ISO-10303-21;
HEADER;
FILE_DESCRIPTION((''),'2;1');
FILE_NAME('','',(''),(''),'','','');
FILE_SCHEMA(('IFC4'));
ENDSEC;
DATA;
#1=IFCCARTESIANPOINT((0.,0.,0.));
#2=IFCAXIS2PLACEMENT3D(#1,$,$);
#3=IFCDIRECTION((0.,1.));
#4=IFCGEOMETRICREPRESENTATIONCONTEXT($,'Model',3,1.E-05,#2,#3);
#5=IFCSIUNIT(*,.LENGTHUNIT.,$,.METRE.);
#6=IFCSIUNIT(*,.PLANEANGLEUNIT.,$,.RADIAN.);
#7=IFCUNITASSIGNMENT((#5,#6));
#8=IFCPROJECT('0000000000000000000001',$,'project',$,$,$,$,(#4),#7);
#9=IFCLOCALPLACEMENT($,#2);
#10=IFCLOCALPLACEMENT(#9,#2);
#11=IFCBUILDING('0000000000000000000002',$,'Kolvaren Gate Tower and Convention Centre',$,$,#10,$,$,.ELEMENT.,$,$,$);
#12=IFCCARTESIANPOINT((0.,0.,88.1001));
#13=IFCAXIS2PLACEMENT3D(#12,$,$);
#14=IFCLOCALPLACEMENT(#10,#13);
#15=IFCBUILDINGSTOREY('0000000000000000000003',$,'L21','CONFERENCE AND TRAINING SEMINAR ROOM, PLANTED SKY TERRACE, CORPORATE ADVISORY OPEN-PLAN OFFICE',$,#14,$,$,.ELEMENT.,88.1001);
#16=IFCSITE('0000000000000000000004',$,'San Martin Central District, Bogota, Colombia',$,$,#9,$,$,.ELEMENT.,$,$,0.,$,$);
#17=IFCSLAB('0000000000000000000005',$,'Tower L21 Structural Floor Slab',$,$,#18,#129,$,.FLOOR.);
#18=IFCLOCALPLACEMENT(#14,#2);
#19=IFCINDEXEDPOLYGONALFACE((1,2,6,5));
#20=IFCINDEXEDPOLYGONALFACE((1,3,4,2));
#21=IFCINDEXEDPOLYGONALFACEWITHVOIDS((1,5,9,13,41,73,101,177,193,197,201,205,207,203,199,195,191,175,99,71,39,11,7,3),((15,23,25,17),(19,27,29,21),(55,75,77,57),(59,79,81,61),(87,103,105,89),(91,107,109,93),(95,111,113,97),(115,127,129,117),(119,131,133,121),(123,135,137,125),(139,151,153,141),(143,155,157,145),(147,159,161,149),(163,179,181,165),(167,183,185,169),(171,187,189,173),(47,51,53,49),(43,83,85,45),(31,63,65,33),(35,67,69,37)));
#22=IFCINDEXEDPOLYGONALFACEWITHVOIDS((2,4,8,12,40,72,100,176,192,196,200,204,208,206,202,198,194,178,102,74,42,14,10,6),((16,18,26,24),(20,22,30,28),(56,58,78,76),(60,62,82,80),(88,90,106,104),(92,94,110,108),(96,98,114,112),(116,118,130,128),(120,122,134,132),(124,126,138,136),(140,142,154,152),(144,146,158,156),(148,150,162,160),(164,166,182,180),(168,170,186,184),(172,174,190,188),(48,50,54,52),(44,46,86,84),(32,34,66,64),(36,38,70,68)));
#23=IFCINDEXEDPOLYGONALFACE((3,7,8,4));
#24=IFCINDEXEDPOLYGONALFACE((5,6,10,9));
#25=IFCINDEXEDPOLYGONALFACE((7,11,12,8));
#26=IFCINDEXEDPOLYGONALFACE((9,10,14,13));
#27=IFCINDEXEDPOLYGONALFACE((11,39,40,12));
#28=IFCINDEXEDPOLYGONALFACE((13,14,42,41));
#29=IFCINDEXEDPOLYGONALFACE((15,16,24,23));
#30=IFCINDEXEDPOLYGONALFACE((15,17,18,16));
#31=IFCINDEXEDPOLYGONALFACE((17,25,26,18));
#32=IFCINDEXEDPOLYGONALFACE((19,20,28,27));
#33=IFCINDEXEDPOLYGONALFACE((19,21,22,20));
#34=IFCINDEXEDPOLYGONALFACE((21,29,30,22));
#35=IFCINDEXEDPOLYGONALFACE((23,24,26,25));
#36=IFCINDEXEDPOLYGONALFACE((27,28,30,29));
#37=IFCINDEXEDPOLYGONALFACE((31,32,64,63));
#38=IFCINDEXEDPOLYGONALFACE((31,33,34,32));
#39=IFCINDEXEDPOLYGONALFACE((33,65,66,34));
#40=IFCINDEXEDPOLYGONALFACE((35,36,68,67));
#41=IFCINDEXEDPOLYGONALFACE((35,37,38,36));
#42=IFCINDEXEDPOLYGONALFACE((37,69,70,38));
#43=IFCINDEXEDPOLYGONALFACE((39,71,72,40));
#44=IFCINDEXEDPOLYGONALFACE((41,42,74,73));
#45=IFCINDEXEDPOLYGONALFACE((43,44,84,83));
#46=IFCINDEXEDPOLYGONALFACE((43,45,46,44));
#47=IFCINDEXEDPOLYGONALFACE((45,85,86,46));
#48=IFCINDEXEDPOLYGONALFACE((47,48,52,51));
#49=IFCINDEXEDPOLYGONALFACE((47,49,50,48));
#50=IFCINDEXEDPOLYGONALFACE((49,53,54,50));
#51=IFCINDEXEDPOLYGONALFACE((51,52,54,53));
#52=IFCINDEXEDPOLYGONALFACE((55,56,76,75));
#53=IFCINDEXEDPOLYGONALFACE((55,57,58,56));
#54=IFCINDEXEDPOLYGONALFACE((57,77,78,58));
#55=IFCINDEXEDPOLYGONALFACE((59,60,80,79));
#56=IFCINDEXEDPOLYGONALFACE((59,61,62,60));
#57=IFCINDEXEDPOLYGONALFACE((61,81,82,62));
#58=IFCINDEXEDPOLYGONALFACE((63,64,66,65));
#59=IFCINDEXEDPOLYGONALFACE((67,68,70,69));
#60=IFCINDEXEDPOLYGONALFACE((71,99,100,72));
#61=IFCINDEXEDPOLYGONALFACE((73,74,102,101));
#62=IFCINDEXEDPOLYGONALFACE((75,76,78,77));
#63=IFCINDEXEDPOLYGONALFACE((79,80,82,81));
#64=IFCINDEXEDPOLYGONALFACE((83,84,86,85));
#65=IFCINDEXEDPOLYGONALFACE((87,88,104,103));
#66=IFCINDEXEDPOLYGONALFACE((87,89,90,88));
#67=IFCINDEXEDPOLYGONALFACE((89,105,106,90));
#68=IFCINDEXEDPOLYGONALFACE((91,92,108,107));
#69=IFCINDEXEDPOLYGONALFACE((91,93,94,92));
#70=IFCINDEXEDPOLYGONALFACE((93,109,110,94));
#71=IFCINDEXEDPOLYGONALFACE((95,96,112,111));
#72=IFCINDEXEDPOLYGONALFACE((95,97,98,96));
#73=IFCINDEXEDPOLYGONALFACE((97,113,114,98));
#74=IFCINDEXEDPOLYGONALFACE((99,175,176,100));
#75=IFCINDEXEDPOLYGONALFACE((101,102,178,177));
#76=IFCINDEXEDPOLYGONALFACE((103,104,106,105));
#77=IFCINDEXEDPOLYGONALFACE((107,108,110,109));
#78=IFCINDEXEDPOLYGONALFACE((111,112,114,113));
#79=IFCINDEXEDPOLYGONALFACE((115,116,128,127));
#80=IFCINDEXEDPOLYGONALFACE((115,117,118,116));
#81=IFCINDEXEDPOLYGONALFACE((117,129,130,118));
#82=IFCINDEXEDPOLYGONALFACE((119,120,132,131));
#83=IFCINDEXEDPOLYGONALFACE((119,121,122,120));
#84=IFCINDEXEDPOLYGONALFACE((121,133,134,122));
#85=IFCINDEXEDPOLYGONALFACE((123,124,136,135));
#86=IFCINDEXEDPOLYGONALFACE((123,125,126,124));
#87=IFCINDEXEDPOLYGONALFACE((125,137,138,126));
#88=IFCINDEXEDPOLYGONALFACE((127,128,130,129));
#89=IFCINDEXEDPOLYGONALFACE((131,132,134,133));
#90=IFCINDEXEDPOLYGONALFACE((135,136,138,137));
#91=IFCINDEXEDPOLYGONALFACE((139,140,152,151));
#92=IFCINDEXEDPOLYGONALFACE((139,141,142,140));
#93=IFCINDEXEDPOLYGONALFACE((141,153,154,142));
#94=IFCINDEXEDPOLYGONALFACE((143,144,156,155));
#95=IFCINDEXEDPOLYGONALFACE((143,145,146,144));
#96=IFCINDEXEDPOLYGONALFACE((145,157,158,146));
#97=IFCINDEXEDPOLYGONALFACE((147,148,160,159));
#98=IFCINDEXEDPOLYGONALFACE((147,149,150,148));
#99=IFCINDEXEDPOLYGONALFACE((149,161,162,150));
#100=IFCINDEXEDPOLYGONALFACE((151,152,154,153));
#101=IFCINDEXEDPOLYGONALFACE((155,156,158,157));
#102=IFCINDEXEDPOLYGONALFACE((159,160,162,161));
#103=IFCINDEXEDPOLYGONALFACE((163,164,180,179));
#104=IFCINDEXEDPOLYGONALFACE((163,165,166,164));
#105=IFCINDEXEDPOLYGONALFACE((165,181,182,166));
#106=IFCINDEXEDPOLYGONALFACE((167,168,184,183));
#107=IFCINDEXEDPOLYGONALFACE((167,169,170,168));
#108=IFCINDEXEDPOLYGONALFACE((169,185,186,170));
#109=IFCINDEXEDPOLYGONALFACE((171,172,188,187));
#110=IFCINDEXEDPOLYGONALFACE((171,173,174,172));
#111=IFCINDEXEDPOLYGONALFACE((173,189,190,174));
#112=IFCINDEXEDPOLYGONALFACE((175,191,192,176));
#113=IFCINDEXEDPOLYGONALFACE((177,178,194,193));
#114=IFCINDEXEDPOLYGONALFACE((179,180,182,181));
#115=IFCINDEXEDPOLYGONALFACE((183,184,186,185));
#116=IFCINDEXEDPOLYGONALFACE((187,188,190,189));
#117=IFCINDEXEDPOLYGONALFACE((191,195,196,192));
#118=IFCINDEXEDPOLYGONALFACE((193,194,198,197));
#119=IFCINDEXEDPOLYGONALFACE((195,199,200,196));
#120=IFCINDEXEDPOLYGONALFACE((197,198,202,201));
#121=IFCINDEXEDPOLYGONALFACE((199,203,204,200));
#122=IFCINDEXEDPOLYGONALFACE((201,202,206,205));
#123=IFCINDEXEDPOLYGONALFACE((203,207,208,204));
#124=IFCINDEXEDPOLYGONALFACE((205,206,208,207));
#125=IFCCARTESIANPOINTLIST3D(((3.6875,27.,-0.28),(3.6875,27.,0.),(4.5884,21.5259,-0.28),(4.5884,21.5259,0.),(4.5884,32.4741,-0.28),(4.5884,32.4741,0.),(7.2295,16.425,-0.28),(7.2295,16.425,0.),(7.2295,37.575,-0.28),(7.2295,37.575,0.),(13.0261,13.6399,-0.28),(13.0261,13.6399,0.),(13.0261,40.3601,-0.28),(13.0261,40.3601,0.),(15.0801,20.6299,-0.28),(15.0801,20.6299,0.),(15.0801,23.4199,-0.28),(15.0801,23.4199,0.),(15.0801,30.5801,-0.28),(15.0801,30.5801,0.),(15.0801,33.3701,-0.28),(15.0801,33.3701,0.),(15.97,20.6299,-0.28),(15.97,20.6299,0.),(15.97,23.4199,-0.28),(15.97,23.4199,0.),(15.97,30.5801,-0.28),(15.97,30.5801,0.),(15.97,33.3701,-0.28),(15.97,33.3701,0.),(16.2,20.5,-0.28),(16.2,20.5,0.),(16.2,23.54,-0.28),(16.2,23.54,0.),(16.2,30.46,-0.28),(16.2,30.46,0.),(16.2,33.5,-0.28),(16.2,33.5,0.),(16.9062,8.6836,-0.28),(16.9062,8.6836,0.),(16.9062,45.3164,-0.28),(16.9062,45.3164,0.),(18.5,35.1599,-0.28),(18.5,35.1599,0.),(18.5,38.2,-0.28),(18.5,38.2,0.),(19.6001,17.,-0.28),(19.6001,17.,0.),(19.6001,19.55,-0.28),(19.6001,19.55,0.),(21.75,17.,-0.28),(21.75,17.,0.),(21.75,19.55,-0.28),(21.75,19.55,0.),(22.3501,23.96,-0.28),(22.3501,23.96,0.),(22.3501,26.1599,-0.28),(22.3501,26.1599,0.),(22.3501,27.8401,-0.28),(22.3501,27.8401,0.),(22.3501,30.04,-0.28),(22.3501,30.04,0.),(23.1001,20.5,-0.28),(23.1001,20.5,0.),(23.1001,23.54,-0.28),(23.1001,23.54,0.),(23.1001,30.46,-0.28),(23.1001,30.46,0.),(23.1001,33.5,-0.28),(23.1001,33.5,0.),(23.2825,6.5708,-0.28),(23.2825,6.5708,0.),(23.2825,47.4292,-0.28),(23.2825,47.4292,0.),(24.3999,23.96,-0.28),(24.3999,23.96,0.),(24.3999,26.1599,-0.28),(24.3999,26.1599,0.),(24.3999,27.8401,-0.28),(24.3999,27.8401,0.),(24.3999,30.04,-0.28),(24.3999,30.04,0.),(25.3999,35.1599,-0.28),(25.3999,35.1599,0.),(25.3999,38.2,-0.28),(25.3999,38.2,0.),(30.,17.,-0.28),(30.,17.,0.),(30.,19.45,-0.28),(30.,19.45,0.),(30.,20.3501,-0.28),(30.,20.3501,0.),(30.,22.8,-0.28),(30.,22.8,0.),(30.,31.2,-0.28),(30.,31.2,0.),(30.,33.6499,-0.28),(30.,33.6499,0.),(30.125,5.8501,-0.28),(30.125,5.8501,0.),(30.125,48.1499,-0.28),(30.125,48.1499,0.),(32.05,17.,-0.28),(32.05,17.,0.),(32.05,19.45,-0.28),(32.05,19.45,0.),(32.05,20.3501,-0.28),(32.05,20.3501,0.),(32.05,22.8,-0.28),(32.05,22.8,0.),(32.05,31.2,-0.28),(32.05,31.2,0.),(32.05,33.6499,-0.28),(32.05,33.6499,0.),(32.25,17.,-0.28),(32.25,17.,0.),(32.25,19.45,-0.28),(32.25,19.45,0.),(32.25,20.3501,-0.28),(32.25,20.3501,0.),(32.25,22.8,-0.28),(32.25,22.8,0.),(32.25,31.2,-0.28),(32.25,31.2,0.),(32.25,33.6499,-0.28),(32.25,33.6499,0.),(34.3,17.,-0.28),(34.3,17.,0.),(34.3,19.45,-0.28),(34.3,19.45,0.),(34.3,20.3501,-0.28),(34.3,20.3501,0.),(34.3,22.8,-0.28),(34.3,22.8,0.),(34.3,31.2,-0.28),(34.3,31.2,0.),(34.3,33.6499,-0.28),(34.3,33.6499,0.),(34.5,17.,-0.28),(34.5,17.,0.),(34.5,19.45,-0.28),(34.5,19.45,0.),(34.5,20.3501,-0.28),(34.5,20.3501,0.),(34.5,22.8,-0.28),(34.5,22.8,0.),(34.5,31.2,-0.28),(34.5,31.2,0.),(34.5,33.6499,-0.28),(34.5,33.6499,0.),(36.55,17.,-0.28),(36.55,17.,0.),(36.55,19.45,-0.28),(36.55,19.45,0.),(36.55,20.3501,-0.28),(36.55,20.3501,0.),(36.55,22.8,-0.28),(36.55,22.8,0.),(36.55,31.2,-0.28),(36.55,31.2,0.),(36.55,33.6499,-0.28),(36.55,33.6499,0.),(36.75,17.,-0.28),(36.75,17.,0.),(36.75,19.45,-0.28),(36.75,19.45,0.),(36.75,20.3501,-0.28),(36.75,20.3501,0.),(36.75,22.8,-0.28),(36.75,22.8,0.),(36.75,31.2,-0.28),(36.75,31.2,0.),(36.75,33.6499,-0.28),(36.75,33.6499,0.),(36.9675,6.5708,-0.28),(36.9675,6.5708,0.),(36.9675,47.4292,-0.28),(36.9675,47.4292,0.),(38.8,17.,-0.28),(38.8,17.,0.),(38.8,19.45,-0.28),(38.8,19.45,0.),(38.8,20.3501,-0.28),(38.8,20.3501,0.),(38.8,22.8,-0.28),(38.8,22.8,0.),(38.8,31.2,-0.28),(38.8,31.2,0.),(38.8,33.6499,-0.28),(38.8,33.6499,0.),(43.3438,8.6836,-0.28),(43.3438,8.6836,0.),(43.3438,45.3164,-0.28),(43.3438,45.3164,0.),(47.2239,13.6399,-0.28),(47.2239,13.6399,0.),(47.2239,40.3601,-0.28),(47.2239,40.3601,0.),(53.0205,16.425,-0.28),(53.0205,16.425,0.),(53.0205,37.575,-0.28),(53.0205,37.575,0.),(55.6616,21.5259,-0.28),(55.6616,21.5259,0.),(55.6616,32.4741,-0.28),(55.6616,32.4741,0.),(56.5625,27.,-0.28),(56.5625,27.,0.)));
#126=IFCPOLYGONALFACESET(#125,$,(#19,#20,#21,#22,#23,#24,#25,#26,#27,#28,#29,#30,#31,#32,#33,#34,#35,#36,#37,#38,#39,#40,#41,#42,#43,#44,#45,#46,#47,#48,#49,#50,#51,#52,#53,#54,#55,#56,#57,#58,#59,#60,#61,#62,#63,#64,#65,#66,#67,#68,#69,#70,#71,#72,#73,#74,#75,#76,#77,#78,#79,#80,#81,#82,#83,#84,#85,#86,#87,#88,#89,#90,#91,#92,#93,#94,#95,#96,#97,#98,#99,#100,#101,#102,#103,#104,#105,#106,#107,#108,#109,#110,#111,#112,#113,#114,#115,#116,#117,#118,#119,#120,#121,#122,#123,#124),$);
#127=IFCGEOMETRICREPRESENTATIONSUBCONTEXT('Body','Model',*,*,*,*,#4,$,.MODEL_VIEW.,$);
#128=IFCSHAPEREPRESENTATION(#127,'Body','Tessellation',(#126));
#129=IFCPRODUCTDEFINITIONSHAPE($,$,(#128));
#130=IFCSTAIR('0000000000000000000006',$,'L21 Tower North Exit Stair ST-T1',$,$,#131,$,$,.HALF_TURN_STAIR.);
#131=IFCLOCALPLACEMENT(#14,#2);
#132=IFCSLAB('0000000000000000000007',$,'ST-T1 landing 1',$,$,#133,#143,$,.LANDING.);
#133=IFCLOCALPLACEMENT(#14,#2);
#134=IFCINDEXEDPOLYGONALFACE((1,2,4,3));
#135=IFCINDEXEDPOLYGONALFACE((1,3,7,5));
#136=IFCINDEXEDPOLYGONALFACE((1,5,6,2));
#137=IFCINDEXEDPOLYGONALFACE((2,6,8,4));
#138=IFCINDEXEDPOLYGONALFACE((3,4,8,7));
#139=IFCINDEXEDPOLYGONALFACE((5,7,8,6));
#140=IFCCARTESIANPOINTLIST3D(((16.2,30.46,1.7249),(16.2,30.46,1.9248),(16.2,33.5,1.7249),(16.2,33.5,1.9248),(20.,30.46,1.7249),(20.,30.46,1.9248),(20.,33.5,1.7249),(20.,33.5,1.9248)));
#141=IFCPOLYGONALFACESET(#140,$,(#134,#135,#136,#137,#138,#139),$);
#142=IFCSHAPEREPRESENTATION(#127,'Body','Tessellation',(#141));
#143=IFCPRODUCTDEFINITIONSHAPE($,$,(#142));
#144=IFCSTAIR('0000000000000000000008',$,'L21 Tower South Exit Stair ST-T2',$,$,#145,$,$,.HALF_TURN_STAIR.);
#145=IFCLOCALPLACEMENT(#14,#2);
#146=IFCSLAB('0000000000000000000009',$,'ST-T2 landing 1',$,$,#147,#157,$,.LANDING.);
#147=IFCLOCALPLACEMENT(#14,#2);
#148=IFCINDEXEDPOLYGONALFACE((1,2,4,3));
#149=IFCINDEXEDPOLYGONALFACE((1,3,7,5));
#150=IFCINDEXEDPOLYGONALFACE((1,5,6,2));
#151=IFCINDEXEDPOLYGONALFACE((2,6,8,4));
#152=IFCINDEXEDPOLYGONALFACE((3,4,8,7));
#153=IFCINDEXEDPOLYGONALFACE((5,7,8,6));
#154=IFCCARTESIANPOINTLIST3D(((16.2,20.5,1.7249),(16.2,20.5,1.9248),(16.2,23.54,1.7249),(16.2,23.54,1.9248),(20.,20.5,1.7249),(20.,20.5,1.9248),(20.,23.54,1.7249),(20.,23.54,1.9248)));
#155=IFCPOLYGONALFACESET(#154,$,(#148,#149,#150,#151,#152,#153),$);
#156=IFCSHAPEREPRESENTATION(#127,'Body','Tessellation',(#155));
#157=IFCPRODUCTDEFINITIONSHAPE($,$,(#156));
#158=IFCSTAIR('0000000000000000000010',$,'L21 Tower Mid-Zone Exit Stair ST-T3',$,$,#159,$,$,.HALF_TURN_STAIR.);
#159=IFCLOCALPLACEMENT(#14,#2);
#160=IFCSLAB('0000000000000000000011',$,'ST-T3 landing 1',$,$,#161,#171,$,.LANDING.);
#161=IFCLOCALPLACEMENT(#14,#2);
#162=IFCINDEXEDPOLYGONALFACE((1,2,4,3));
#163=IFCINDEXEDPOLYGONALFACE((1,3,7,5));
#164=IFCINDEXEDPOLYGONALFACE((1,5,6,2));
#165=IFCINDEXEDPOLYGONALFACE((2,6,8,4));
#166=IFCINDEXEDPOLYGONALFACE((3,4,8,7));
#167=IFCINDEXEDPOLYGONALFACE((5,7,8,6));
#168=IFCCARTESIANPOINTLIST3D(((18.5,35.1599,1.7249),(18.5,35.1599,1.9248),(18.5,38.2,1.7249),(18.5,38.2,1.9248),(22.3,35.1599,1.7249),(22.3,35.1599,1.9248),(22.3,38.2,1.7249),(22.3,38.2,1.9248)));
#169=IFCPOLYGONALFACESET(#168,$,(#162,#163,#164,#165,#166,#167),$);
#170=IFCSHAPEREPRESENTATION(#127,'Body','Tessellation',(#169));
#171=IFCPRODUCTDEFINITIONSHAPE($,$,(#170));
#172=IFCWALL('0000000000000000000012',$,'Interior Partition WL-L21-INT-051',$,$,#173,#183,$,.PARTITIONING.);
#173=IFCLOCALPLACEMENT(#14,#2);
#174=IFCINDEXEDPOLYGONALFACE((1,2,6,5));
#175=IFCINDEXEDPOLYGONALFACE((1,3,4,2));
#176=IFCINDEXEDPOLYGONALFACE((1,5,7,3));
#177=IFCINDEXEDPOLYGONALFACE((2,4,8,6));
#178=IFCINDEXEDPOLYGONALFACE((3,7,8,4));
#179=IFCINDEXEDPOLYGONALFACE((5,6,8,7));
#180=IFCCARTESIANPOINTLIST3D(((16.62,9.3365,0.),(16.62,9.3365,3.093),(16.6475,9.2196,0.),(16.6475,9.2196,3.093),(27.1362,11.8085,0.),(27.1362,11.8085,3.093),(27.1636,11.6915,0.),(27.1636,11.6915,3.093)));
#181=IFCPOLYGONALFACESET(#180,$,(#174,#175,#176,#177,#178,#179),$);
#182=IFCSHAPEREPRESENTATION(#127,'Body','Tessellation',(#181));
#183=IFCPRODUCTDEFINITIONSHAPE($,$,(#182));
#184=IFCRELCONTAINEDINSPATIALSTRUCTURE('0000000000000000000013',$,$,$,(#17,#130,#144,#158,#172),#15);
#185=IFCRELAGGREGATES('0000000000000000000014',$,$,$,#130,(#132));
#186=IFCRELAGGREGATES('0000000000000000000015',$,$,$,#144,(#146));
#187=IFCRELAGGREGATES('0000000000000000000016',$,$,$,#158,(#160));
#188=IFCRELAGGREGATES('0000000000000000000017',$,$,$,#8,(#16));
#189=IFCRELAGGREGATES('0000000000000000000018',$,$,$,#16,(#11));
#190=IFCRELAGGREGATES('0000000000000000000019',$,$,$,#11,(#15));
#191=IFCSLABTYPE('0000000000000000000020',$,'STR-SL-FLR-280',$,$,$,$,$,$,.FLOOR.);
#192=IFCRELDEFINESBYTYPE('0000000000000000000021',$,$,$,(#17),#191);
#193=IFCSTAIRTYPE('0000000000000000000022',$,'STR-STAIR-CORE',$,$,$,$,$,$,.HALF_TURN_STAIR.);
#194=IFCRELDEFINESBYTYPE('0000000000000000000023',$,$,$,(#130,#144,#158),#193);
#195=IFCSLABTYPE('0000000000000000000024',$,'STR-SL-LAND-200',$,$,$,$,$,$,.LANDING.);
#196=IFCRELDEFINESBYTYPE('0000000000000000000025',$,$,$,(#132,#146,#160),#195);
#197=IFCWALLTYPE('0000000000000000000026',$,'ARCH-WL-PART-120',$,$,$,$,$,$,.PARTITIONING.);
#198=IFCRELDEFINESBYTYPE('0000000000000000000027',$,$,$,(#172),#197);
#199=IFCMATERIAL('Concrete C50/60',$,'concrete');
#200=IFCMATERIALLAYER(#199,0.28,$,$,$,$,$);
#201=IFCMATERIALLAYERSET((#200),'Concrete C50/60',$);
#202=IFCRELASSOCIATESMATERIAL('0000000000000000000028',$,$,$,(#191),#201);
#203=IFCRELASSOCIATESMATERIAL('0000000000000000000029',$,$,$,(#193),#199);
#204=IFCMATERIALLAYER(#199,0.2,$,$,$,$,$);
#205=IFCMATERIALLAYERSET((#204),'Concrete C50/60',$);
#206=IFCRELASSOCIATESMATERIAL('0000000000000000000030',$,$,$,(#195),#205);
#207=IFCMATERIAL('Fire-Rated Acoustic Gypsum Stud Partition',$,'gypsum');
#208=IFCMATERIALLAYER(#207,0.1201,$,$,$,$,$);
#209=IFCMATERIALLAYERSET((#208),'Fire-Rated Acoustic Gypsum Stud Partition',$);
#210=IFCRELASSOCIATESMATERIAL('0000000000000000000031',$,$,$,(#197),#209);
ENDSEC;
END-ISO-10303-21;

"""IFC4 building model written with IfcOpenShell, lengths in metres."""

from ifc_helpers import new_model, si_unit, direction, frame, frame_2d, origin, place, context, subcontext, project, spatial, polyline, rectangle, outline, extrude, material, layer, layer_set, type_object, element, aggregate, save


model = new_model("IFC4")

# Units and contexts
model_context = context("Model", 3, precision=1e-05, world=origin(), true_north=direction((0.0, 1.0)))
body_context = subcontext(model_context, "Body", "Model", "MODEL_VIEW")
ifc_project = project(units=[si_unit("LENGTHUNIT", "METRE"), si_unit("PLANEANGLEUNIT", "RADIAN")], contexts=[model_context])

# Site, building, storey
site_placement = place(None, origin())
site = spatial("IfcSite", under=ifc_project, at=site_placement, Name="San Martin Central District, Bogota, Colombia", CompositionType="ELEMENT", RefElevation=0.0)
building_placement = place(site_placement, origin())
building = spatial("IfcBuilding", under=site, at=building_placement, Name="Kolvaren Gate Tower and Convention Centre", CompositionType="ELEMENT")
storey_placement = place(building_placement, frame((0.0, 0.0, 88.1001)))
storey = spatial("IfcBuildingStorey", under=building, at=storey_placement, Name="L21", Description="CONFERENCE AND TRAINING SEMINAR ROOM, PLANTED SKY TERRACE, CORPORATE ADVISORY OPEN-PLAN OFFICE", CompositionType="ELEMENT", Elevation=88.1001)

# Slab
ifc_material_1 = material(Name="Concrete C50/60", Category="concrete")
ifc_layer_1 = layer(ifc_material_1, 0.28)
ifc_layer_set_1 = layer_set([ifc_layer_1], Name="Concrete C50/60")
slab_type_1 = type_object("IfcSlabType", Name="STR-SL-FLR-280", PredefinedType="FLOOR", material=ifc_layer_set_1)
slab_1_placement = place(storey_placement, frame((0.0, 0.0, -0.28)))
element("IfcSlab", 1, at=slab_1_placement, inside=storey, type_object=slab_type_1, Name="Tower L21 Structural Floor Slab", PredefinedType="FLOOR", context=body_context, shape_type="SweptSolid", body=[
    extrude(outline(polyline([(56.5625, 27.0), (55.6616, 32.4741), (53.0205, 37.575), (47.2239, 40.3601), (43.3438, 45.3164), (36.9675, 47.4292), (30.125, 48.1499), (23.2825, 47.4292), (16.9062, 45.3164), (13.0261, 40.3601), (7.2295, 37.575), (4.5884, 32.4741), (3.6875, 27.0), (4.5884, 21.5259), (7.2295, 16.425), (13.0261, 13.6399), (16.9062, 8.6836), (23.2825, 6.5708), (30.125, 5.8501), (36.9675, 6.5708), (43.3438, 8.6836), (47.2239, 13.6399), (53.0205, 16.425), (55.6616, 21.5259), (56.5625, 27.0)]), holes=[polyline([(36.75, 33.6499), (38.8, 33.6499), (38.8, 31.2), (36.75, 31.2), (36.75, 33.6499)]), polyline([(36.75, 20.3501), (36.75, 22.8), (38.8, 22.8), (38.8, 20.3501), (36.75, 20.3501)]), polyline([(36.75, 17.0), (36.75, 19.45), (38.8, 19.45), (38.8, 17.0), (36.75, 17.0)]), polyline([(34.5, 33.6499), (36.55, 33.6499), (36.55, 31.2), (34.5, 31.2), (34.5, 33.6499)]), polyline([(34.5, 22.8), (36.55, 22.8), (36.55, 20.3501), (34.5, 20.3501), (34.5, 22.8)]), polyline([(34.5, 17.0), (34.5, 19.45), (36.55, 19.45), (36.55, 17.0), (34.5, 17.0)]), polyline([(32.25, 31.2), (32.25, 33.6499), (34.3, 33.6499), (34.3, 31.2), (32.25, 31.2)]), polyline([(32.25, 22.8), (34.3, 22.8), (34.3, 20.3501), (32.25, 20.3501), (32.25, 22.8)]), polyline([(32.25, 17.0), (32.25, 19.45), (34.3, 19.45), (34.3, 17.0), (32.25, 17.0)]), polyline([(30.0, 31.2), (30.0, 33.6499), (32.05, 33.6499), (32.05, 31.2), (30.0, 31.2)]), polyline([(30.0, 20.3501), (30.0, 22.8), (32.05, 22.8), (32.05, 20.3501), (30.0, 20.3501)]), polyline([(30.0, 17.0), (30.0, 19.45), (32.05, 19.45), (32.05, 17.0), (30.0, 17.0)]), polyline([(25.3999, 35.1599), (18.5, 35.1599), (18.5, 38.2), (25.3999, 38.2), (25.3999, 35.1599)]), polyline([(22.3501, 27.8401), (22.3501, 30.04), (24.3999, 30.04), (24.3999, 27.8401), (22.3501, 27.8401)]), polyline([(22.3501, 23.96), (22.3501, 26.1599), (24.3999, 26.1599), (24.3999, 23.96), (22.3501, 23.96)]), polyline([(23.1001, 30.46), (16.2, 30.46), (16.2, 33.5), (23.1001, 33.5), (23.1001, 30.46)]), polyline([(23.1001, 20.5), (16.2, 20.5), (16.2, 23.54), (23.1001, 23.54), (23.1001, 20.5)]), polyline([(19.6001, 17.0), (19.6001, 19.55), (21.75, 19.55), (21.75, 17.0), (19.6001, 17.0)]), polyline([(15.0801, 23.4199), (15.97, 23.4199), (15.97, 20.6299), (15.0801, 20.6299), (15.0801, 23.4199)]), polyline([(15.0801, 30.5801), (15.0801, 33.3701), (15.97, 33.3701), (15.97, 30.5801), (15.0801, 30.5801)])]), origin(), (0.0, 0.0, 1.0), 0.28),
])

# Stairs, slabs
stair_type = type_object("IfcStairType", Name="STR-STAIR-CORE", PredefinedType="HALF_TURN_STAIR", material=ifc_material_1)
stair_1_placement = place(storey_placement, origin())
stair_1 = element("IfcStair", 2, at=stair_1_placement, inside=storey, type_object=stair_type, Name="L21 Tower North Exit Stair ST-T1", PredefinedType="HALF_TURN_STAIR")
ifc_layer_2 = layer(ifc_material_1, 0.2)
ifc_layer_set_2 = layer_set([ifc_layer_2], Name="Concrete C50/60")
slab_type_2 = type_object("IfcSlabType", Name="STR-SL-LAND-200", PredefinedType="LANDING", material=ifc_layer_set_2)
slab_2_placement = place(storey_placement, frame((0.0, 0.0, 1.7249)))
slab_2 = element("IfcSlab", 3, at=slab_2_placement, type_object=slab_type_2, Name="ST-T1 landing 1", PredefinedType="LANDING", context=body_context, shape_type="SweptSolid", body=[
    extrude(outline(polyline([(20.0, 33.5), (16.2, 33.5), (16.2, 30.46), (20.0, 30.46), (20.0, 33.5)])), origin(), (0.0, 0.0, 1.0), 0.2),
])
aggregate(stair_1, [slab_2])
stair_2_placement = place(storey_placement, origin())
stair_2 = element("IfcStair", 4, at=stair_2_placement, inside=storey, type_object=stair_type, Name="L21 Tower South Exit Stair ST-T2", PredefinedType="HALF_TURN_STAIR")
slab_3_placement = place(storey_placement, frame((0.0, 0.0, 1.7249)))
slab_3 = element("IfcSlab", 5, at=slab_3_placement, type_object=slab_type_2, Name="ST-T2 landing 1", PredefinedType="LANDING", context=body_context, shape_type="SweptSolid", body=[
    extrude(outline(polyline([(20.0, 23.54), (16.2, 23.54), (16.2, 20.5), (20.0, 20.5), (20.0, 23.54)])), origin(), (0.0, 0.0, 1.0), 0.2),
])
aggregate(stair_2, [slab_3])
stair_3_placement = place(storey_placement, origin())
stair_3 = element("IfcStair", 6, at=stair_3_placement, inside=storey, type_object=stair_type, Name="L21 Tower Mid-Zone Exit Stair ST-T3", PredefinedType="HALF_TURN_STAIR")
slab_4_placement = place(storey_placement, frame((0.0, 0.0, 1.7249)))
slab_4 = element("IfcSlab", 7, at=slab_4_placement, type_object=slab_type_2, Name="ST-T3 landing 1", PredefinedType="LANDING", context=body_context, shape_type="SweptSolid", body=[
    extrude(outline(polyline([(22.3, 38.2), (18.5, 38.2), (18.5, 35.1599), (22.3, 35.1599), (22.3, 38.2)])), origin(), (0.0, 0.0, 1.0), 0.2),
])
aggregate(stair_3, [slab_4])

# Wall
ifc_material_2 = material(Name="Fire-Rated Acoustic Gypsum Stud Partition", Category="gypsum")
ifc_layer_3 = layer(ifc_material_2, 0.1201)
ifc_layer_set_3 = layer_set([ifc_layer_3], Name="Fire-Rated Acoustic Gypsum Stud Partition")
wall_type_1 = type_object("IfcWallType", Name="ARCH-WL-PART-120", PredefinedType="PARTITIONING", material=ifc_layer_set_3)
wall_1_placement = place(storey_placement, frame((16.6338, 9.2781, 0.0), z_axis=(0.0, 0.0, 1.0), x_axis=(0.973468, 0.228824, 0.0)))
element("IfcWall", 8, at=wall_1_placement, inside=storey, type_object=wall_type_1, Name="Interior Partition WL-L21-INT-051", PredefinedType="PARTITIONING", context=body_context, shape_type="SweptSolid", body=[
    extrude(rectangle(XDim=10.8027, YDim=0.1201, at=frame_2d((5.4014, 0.0))), origin(), (0.0, 0.0, 1.0), 3.093),
])

save(model, "model.ifc")
